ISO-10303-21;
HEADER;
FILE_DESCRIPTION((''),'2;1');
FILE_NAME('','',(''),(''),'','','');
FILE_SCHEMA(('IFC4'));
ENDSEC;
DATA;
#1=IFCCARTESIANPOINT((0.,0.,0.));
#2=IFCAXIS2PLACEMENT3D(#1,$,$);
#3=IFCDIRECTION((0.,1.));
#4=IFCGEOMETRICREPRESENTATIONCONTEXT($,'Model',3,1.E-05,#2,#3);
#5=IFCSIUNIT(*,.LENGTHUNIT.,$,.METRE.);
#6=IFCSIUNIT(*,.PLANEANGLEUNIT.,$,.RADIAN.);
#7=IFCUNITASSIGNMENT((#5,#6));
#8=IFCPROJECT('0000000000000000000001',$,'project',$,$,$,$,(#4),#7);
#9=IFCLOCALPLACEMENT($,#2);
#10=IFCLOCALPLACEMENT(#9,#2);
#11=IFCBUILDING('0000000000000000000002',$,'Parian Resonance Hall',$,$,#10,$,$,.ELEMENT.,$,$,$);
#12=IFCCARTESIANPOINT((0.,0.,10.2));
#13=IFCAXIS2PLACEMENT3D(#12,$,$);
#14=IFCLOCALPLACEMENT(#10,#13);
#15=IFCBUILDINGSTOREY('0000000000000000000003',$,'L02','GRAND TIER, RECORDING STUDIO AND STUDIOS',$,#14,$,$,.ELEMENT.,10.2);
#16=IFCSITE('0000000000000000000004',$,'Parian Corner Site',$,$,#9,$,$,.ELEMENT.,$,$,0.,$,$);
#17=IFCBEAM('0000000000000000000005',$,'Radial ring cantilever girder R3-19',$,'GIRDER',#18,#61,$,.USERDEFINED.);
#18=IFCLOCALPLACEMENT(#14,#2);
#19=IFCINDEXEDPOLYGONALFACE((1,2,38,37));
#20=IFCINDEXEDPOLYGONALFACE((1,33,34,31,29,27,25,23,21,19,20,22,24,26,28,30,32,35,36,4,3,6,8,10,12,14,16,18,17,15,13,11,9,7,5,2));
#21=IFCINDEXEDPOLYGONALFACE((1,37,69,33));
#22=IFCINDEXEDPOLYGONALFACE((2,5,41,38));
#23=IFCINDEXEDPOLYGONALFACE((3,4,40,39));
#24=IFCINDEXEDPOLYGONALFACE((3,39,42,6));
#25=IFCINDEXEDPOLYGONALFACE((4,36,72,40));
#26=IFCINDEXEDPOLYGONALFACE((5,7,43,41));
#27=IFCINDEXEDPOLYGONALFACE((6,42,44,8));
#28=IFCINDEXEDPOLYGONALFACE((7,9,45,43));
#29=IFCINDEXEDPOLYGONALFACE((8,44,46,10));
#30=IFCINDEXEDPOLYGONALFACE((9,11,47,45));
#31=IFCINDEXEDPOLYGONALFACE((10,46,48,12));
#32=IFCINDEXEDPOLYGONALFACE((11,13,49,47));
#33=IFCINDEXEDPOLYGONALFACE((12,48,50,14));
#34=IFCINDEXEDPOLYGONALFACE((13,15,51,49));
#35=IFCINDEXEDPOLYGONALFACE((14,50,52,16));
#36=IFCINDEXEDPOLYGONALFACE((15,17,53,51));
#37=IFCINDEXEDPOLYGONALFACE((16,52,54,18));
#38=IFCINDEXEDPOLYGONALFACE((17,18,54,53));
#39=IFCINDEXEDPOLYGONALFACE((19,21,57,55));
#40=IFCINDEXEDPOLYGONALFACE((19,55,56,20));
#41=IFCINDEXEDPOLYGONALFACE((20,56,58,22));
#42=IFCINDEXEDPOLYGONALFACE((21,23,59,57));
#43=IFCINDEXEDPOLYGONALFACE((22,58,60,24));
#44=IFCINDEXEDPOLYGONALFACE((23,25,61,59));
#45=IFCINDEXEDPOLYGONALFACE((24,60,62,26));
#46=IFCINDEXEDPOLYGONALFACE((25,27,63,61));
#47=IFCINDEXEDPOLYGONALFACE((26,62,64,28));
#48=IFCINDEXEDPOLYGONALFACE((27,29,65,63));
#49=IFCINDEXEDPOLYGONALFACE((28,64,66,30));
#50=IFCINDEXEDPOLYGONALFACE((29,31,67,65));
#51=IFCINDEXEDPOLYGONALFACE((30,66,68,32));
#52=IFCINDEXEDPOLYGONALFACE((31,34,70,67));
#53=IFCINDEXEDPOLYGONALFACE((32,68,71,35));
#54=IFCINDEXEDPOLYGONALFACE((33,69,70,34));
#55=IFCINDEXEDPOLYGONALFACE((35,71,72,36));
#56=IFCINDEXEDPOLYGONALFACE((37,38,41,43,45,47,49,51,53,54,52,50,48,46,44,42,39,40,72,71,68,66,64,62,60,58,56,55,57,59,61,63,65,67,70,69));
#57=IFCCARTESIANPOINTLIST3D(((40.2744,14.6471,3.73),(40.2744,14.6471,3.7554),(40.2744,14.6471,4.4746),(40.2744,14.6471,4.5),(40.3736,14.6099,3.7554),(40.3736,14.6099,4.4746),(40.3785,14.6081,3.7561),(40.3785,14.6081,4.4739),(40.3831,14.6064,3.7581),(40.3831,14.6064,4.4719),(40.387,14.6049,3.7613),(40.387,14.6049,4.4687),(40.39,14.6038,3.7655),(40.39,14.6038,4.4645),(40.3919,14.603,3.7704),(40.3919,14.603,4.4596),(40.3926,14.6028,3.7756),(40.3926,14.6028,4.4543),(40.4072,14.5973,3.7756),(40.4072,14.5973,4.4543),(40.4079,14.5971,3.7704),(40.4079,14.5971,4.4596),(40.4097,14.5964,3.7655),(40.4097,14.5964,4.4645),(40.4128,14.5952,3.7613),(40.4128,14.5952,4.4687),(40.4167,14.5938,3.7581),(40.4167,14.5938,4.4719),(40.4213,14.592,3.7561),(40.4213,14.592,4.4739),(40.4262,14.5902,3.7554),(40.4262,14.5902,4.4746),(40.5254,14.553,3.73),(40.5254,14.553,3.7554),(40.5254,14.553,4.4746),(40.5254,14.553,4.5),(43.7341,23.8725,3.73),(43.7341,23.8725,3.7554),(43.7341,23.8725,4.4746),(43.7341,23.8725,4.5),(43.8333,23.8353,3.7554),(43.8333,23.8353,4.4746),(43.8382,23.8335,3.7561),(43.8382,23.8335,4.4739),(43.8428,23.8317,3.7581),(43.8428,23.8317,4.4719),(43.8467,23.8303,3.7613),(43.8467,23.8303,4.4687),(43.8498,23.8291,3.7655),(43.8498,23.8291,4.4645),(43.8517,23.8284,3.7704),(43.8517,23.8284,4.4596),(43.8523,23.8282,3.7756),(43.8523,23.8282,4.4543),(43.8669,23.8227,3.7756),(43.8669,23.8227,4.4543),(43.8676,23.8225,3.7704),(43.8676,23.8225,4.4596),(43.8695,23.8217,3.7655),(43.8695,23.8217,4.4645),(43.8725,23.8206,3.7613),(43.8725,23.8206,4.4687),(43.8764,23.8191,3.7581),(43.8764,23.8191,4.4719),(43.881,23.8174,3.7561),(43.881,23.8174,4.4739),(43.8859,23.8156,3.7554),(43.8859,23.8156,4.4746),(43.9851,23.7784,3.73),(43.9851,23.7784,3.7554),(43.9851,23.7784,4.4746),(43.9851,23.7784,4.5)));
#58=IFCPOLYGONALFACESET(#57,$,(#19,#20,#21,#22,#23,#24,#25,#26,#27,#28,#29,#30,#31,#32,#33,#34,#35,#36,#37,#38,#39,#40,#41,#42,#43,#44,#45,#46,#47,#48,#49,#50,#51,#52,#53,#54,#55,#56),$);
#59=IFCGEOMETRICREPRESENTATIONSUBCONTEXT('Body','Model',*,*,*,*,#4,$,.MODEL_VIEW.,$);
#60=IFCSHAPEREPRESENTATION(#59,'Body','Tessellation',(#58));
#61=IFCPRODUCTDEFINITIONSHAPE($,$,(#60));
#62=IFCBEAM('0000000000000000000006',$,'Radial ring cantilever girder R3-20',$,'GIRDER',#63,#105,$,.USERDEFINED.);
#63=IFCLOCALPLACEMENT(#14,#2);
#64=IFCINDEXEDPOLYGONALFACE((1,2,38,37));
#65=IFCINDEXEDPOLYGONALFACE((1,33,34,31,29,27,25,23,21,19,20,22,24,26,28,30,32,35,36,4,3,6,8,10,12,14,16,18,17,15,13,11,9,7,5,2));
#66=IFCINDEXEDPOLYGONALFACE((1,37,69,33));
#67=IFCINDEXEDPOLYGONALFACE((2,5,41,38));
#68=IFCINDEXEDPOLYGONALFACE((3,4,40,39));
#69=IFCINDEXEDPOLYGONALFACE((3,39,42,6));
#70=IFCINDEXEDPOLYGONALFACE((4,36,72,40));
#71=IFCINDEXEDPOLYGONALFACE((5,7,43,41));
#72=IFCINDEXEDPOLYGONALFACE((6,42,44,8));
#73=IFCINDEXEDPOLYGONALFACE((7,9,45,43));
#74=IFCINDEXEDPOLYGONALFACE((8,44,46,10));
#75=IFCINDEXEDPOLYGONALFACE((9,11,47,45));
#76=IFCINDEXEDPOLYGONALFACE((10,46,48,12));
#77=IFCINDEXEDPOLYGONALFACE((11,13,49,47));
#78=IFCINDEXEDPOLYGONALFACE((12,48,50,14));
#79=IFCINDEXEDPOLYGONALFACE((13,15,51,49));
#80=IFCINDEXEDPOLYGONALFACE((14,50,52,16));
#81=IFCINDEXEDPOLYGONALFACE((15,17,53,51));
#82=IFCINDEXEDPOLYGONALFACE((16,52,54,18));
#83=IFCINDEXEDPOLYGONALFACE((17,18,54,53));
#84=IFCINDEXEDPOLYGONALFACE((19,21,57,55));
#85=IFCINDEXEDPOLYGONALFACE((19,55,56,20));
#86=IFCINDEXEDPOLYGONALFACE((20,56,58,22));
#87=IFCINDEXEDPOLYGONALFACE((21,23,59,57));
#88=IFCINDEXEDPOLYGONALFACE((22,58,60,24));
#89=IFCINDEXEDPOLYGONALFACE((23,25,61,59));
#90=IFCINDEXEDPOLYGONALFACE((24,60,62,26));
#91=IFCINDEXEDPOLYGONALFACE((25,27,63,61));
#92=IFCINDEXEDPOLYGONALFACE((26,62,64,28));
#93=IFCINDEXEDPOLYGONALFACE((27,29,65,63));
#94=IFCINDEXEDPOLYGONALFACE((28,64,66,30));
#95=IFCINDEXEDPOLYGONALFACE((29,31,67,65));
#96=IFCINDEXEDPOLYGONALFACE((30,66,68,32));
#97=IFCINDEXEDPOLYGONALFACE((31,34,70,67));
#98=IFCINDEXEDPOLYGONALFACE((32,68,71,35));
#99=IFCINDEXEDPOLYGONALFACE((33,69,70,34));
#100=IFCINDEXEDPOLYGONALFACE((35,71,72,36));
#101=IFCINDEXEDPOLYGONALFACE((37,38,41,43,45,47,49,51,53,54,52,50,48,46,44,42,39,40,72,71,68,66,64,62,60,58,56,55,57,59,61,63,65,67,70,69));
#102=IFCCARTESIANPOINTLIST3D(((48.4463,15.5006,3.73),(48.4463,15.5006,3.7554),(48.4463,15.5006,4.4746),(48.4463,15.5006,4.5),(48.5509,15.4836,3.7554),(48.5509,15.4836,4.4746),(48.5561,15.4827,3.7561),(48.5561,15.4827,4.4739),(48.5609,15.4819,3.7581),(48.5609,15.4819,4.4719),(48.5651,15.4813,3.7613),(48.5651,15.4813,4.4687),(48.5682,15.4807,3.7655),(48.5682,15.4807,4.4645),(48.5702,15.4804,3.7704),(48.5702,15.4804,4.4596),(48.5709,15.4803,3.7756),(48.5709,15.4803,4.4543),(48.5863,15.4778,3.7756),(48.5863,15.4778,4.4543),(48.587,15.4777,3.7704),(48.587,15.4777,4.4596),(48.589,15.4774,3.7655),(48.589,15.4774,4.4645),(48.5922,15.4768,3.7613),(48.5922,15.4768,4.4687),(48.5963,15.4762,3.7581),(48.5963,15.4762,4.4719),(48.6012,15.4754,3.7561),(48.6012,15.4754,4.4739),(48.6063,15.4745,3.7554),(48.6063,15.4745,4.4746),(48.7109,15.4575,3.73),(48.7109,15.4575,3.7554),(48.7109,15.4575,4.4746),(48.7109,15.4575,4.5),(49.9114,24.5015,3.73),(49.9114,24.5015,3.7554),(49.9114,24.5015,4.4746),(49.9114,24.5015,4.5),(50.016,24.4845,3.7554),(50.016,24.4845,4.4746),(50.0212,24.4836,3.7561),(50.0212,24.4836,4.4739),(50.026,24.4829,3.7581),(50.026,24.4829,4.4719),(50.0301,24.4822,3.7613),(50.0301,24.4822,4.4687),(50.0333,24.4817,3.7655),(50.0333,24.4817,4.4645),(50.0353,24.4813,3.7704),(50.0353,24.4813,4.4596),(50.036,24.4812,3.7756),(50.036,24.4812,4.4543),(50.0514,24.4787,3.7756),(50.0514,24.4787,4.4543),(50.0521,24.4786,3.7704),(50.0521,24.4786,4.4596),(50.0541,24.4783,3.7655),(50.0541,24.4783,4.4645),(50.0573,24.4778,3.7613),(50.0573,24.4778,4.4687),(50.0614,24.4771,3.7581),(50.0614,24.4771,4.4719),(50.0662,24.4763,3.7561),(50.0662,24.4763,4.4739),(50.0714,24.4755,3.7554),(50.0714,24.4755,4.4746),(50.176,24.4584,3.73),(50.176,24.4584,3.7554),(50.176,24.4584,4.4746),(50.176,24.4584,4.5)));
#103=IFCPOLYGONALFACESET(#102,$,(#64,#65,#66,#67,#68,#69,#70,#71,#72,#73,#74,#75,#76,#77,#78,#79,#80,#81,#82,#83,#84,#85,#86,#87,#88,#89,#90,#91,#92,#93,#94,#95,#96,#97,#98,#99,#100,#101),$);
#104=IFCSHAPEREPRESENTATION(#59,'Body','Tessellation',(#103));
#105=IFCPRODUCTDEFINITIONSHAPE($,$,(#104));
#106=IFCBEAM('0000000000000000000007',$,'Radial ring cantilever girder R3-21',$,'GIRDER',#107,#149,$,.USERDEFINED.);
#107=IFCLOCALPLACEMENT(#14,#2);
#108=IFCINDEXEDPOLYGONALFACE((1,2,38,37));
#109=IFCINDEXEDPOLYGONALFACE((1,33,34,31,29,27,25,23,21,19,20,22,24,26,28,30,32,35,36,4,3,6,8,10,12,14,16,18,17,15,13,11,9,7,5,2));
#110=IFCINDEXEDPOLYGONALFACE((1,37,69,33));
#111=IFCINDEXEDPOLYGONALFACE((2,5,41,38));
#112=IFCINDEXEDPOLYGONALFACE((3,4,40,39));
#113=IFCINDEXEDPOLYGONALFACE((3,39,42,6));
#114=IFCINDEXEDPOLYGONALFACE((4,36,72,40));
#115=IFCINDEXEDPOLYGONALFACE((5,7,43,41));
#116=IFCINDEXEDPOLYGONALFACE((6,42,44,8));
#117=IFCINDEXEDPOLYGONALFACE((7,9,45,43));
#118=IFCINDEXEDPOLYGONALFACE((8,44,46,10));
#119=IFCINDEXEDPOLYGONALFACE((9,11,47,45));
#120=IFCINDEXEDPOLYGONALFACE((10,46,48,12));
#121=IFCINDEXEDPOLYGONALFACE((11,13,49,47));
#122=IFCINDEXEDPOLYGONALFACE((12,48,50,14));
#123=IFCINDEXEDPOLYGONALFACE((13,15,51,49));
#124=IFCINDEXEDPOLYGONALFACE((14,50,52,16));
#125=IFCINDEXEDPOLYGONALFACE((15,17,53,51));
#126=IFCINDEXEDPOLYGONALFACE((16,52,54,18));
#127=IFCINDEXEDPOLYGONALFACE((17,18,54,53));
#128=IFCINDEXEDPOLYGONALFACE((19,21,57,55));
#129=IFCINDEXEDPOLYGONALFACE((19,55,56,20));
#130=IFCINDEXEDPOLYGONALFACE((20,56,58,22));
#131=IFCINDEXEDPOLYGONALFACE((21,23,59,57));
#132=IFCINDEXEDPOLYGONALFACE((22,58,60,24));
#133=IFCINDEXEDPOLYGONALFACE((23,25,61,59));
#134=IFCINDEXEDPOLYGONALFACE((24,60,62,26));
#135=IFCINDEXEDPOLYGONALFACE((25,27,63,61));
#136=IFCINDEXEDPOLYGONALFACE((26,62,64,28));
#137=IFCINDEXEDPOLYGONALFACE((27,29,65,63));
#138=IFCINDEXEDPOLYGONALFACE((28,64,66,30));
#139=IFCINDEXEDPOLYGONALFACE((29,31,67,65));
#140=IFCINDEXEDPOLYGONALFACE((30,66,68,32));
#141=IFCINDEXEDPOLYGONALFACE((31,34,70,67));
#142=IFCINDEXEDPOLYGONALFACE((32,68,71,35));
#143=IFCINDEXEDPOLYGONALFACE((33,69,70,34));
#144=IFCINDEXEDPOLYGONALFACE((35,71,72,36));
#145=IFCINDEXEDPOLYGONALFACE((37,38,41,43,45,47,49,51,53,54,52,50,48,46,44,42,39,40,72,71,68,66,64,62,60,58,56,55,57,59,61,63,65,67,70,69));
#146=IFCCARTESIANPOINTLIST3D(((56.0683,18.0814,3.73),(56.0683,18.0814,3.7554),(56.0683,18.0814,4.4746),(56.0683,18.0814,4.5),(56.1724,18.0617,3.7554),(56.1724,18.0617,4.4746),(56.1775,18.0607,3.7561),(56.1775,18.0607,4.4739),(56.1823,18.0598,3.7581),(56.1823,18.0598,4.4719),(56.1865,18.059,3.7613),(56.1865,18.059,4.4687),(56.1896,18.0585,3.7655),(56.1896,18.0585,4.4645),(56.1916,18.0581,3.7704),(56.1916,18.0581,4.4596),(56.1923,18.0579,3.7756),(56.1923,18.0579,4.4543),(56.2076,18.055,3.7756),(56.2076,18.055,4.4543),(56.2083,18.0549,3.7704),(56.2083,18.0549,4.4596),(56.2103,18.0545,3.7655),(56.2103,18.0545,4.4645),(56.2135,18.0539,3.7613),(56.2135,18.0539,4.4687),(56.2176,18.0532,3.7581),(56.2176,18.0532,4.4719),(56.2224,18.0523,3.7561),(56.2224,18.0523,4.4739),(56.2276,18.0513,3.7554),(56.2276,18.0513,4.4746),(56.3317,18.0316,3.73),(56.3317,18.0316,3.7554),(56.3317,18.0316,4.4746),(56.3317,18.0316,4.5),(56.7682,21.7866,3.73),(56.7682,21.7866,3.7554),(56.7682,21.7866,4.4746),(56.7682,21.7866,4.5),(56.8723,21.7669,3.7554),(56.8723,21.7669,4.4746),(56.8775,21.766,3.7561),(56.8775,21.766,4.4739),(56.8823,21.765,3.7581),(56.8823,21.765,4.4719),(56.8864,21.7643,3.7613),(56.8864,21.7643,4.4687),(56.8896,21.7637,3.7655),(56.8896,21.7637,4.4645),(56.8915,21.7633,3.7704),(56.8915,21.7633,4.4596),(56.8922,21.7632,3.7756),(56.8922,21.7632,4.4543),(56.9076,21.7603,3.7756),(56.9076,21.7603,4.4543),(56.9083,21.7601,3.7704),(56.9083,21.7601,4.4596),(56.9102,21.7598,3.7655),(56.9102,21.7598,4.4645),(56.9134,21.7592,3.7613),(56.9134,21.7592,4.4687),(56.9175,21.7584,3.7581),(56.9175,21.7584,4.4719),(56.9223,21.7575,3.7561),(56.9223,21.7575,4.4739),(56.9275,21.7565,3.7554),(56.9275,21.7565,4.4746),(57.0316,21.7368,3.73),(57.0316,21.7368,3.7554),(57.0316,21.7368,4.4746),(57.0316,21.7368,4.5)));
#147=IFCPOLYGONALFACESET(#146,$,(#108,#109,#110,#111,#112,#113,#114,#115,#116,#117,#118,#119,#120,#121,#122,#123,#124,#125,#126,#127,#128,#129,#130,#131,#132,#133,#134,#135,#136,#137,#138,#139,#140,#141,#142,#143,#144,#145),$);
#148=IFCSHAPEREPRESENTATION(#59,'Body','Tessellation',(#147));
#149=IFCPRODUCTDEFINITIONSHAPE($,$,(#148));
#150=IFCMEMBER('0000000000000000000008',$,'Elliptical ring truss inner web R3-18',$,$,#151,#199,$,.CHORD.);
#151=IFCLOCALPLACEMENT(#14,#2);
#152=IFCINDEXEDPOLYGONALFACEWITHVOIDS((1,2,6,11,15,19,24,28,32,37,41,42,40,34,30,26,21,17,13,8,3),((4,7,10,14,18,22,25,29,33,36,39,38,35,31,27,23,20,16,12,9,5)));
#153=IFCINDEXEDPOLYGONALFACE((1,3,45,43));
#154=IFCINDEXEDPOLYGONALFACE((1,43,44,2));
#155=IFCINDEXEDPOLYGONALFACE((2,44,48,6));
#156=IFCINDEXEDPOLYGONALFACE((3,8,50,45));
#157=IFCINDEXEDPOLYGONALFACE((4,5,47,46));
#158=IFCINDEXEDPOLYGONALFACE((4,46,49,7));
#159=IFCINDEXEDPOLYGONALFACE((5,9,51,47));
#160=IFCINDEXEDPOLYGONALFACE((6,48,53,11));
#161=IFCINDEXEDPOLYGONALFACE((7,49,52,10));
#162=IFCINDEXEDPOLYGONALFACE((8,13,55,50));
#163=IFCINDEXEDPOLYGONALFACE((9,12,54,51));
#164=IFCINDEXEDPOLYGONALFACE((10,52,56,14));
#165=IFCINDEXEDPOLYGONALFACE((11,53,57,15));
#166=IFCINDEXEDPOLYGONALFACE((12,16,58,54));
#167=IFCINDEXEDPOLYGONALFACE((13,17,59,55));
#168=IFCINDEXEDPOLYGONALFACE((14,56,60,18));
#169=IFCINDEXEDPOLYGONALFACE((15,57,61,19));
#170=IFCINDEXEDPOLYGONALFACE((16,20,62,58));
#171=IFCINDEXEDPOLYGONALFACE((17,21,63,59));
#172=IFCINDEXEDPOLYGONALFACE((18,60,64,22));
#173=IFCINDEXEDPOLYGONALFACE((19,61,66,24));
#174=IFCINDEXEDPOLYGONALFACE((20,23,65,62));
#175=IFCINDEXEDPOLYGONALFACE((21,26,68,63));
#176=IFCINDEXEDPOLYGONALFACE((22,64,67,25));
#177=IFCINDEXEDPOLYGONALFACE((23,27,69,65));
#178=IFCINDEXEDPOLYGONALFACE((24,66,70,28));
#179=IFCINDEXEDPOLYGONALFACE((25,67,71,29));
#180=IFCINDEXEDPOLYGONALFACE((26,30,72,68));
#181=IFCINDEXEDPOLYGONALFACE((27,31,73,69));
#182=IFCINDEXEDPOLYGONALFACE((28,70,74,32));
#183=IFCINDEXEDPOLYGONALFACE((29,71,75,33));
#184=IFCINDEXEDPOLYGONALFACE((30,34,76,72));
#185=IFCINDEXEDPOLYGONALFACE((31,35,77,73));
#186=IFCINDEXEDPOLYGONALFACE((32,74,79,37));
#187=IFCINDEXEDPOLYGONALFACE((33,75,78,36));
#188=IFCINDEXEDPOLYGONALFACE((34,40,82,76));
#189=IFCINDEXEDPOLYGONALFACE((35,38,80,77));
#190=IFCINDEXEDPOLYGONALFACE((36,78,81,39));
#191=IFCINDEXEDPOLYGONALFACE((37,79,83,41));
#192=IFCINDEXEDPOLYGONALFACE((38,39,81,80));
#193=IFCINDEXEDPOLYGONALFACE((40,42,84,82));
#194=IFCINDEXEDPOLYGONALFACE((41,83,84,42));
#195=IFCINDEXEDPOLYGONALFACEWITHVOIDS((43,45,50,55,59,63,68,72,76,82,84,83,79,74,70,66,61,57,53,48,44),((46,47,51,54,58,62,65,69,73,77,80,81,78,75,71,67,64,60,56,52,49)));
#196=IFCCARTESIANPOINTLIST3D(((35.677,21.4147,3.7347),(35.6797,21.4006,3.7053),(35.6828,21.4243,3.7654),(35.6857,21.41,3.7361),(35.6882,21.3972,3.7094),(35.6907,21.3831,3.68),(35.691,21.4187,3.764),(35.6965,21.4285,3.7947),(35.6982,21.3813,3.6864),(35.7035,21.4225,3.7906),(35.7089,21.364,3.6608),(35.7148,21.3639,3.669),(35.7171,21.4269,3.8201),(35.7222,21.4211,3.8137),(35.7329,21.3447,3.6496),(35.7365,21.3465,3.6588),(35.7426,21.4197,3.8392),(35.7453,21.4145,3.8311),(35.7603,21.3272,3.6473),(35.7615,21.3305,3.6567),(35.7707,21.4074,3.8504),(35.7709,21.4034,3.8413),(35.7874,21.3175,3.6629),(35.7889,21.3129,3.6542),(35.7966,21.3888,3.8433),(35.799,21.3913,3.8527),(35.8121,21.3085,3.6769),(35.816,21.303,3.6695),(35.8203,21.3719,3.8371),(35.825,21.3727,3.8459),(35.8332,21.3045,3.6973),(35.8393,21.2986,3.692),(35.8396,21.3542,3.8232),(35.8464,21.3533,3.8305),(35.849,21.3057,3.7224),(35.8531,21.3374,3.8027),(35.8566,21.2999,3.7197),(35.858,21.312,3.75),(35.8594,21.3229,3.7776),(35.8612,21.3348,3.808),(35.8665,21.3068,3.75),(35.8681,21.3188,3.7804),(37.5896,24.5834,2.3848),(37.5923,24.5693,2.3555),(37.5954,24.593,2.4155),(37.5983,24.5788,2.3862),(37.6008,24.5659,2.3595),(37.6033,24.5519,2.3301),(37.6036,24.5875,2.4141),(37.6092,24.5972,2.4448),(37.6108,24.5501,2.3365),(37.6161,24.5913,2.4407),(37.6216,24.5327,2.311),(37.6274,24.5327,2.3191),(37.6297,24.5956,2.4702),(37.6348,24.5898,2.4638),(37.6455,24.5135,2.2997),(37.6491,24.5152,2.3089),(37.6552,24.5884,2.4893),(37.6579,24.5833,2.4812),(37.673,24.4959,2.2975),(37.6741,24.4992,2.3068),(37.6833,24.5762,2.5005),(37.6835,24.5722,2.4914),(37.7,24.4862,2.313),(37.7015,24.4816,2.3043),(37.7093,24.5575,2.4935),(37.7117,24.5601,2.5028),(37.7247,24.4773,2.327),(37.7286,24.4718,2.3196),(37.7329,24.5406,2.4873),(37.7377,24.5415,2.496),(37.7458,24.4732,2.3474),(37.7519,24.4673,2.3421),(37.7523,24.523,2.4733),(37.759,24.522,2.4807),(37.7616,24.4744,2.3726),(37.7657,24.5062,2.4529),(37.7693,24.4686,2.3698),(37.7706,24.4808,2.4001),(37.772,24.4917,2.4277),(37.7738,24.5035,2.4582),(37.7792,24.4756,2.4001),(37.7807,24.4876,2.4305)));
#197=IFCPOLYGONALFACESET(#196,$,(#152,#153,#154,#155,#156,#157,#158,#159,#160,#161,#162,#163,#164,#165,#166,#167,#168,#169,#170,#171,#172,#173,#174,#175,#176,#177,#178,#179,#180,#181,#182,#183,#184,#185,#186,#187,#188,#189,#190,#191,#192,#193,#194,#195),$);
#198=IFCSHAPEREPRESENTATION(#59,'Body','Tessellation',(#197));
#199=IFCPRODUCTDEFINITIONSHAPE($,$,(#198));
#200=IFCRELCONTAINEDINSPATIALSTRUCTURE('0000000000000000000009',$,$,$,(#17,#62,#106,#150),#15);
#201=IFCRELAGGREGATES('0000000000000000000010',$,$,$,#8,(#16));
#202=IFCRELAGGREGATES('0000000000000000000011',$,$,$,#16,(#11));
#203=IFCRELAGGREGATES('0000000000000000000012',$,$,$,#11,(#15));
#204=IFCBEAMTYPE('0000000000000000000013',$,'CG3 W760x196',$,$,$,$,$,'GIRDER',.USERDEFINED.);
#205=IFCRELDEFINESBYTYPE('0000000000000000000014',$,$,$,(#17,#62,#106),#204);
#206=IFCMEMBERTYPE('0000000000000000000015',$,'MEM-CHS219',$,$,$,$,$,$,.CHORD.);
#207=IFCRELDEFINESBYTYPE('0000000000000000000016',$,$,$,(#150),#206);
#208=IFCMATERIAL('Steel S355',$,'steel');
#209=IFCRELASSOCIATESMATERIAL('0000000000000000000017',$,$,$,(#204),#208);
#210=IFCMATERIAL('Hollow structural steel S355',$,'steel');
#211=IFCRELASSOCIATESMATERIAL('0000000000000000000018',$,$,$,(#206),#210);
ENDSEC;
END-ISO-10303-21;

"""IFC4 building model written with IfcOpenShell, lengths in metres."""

from ifc_helpers import new_model, si_unit, direction, frame, origin, origin_2d, place, context, subcontext, project, spatial, hollow_circle, i_section, extrude, material, material_profile, profile_set, type_object, element, save


model = new_model("IFC4")

# Units and contexts
model_context = context("Model", 3, precision=1e-05, world=origin(), true_north=direction((0.0, 1.0)))
body_context = subcontext(model_context, "Body", "Model", "MODEL_VIEW")
ifc_project = project(units=[si_unit("LENGTHUNIT", "METRE"), si_unit("PLANEANGLEUNIT", "RADIAN")], contexts=[model_context])

# Site, building, storey
site_placement = place(None, origin())
site = spatial("IfcSite", under=ifc_project, at=site_placement, Name="Parian Corner Site", CompositionType="ELEMENT", RefElevation=0.0)
building_placement = place(site_placement, origin())
building = spatial("IfcBuilding", under=site, at=building_placement, Name="Parian Resonance Hall", CompositionType="ELEMENT")
storey_placement = place(building_placement, frame((0.0, 0.0, 10.2)))
storey = spatial("IfcBuildingStorey", under=building, at=storey_placement, Name="L02", Description="GRAND TIER, RECORDING STUDIO AND STUDIOS", CompositionType="ELEMENT", Elevation=10.2)

# Beams
ifc_material_1 = material(Name="Steel S355", Category="steel")
ifc_material_profile_1 = material_profile(ifc_material_1, i_section(OverallWidth=0.2681, OverallDepth=0.77, WebThickness=0.0156, FlangeThickness=0.0254, FilletRadius=0.0203, at=origin_2d()), Name="W760x196")
ifc_profile_set_1 = profile_set([ifc_material_profile_1], Name="Steel S355")
beam_type_1 = type_object("IfcBeamType", Name="CG3 W760x196", ElementType="GIRDER", PredefinedType="USERDEFINED", material=ifc_profile_set_1)
beam_1_placement = place(storey_placement, frame((43.8596, 23.8254, 4.115), z_axis=(-0.351142, -0.936322, 0.0), x_axis=(0.936322, -0.351142, 0.0)))
element("IfcBeam", 1, at=beam_1_placement, inside=storey, type_object=beam_type_1, Name="Radial ring cantilever girder R3-19", ObjectType="GIRDER", PredefinedType="USERDEFINED", context=body_context, shape_type="SweptSolid", body=[
    extrude(i_section(OverallWidth=0.2681, OverallDepth=0.77, WebThickness=0.0156, FlangeThickness=0.0254, FilletRadius=0.0203, at=origin_2d()), origin(), (0.0, 0.0, 1.0), 9.8528),
])
beam_2_placement = place(storey_placement, frame((50.0437, 24.48, 4.115), z_axis=(-0.160656, -0.987011, 0.0), x_axis=(0.987011, -0.160656, 0.0)))
element("IfcBeam", 2, at=beam_2_placement, inside=storey, type_object=beam_type_1, Name="Radial ring cantilever girder R3-20", ObjectType="GIRDER", PredefinedType="USERDEFINED", context=body_context, shape_type="SweptSolid", body=[
    extrude(i_section(OverallWidth=0.2681, OverallDepth=0.77, WebThickness=0.0156, FlangeThickness=0.0254, FilletRadius=0.0203, at=origin_2d()), origin(), (0.0, 0.0, 1.0), 9.1194),
])
beam_3_placement = place(storey_placement, frame((56.8999, 21.7617, 4.115), z_axis=(-0.185621, -0.982621, 0.0), x_axis=(0.982621, -0.185621, 0.0)))
element("IfcBeam", 3, at=beam_3_placement, inside=storey, type_object=beam_type_1, Name="Radial ring cantilever girder R3-21", ObjectType="GIRDER", PredefinedType="USERDEFINED", context=body_context, shape_type="SweptSolid", body=[
    extrude(i_section(OverallWidth=0.2681, OverallDepth=0.77, WebThickness=0.0156, FlangeThickness=0.0254, FilletRadius=0.0203, at=origin_2d()), origin(), (0.0, 0.0, 1.0), 3.7708),
])

# Member
ifc_material_2 = material(Name="Hollow structural steel S355", Category="steel")
ifc_material_profile_2 = material_profile(ifc_material_2, hollow_circle(Radius=0.1096, WallThickness=0.01, at=origin_2d()), Name="CHS219.1x10")
ifc_profile_set_2 = profile_set([ifc_material_profile_2], Name="Hollow structural steel S355")
member_type_1 = type_object("IfcMemberType", Name="MEM-CHS219", PredefinedType="CHORD", material=ifc_profile_set_2)
member_1_placement = place(storey_placement, frame((37.6853, 24.5322, 2.4001), z_axis=(-0.485475, -0.804311, 0.342633), x_axis=(0.856134, -0.516754, 0.0)))
element("IfcMember", 4, at=member_1_placement, inside=storey, type_object=member_type_1, Name="Elliptical ring truss inner web R3-18", PredefinedType="CHORD", context=body_context, shape_type="SweptSolid", body=[
    extrude(hollow_circle(Radius=0.1096, WallThickness=0.01, at=origin_2d()), origin(), (0.0, 0.0, 1.0), 3.9397),
])

save(model, "model.ifc")
